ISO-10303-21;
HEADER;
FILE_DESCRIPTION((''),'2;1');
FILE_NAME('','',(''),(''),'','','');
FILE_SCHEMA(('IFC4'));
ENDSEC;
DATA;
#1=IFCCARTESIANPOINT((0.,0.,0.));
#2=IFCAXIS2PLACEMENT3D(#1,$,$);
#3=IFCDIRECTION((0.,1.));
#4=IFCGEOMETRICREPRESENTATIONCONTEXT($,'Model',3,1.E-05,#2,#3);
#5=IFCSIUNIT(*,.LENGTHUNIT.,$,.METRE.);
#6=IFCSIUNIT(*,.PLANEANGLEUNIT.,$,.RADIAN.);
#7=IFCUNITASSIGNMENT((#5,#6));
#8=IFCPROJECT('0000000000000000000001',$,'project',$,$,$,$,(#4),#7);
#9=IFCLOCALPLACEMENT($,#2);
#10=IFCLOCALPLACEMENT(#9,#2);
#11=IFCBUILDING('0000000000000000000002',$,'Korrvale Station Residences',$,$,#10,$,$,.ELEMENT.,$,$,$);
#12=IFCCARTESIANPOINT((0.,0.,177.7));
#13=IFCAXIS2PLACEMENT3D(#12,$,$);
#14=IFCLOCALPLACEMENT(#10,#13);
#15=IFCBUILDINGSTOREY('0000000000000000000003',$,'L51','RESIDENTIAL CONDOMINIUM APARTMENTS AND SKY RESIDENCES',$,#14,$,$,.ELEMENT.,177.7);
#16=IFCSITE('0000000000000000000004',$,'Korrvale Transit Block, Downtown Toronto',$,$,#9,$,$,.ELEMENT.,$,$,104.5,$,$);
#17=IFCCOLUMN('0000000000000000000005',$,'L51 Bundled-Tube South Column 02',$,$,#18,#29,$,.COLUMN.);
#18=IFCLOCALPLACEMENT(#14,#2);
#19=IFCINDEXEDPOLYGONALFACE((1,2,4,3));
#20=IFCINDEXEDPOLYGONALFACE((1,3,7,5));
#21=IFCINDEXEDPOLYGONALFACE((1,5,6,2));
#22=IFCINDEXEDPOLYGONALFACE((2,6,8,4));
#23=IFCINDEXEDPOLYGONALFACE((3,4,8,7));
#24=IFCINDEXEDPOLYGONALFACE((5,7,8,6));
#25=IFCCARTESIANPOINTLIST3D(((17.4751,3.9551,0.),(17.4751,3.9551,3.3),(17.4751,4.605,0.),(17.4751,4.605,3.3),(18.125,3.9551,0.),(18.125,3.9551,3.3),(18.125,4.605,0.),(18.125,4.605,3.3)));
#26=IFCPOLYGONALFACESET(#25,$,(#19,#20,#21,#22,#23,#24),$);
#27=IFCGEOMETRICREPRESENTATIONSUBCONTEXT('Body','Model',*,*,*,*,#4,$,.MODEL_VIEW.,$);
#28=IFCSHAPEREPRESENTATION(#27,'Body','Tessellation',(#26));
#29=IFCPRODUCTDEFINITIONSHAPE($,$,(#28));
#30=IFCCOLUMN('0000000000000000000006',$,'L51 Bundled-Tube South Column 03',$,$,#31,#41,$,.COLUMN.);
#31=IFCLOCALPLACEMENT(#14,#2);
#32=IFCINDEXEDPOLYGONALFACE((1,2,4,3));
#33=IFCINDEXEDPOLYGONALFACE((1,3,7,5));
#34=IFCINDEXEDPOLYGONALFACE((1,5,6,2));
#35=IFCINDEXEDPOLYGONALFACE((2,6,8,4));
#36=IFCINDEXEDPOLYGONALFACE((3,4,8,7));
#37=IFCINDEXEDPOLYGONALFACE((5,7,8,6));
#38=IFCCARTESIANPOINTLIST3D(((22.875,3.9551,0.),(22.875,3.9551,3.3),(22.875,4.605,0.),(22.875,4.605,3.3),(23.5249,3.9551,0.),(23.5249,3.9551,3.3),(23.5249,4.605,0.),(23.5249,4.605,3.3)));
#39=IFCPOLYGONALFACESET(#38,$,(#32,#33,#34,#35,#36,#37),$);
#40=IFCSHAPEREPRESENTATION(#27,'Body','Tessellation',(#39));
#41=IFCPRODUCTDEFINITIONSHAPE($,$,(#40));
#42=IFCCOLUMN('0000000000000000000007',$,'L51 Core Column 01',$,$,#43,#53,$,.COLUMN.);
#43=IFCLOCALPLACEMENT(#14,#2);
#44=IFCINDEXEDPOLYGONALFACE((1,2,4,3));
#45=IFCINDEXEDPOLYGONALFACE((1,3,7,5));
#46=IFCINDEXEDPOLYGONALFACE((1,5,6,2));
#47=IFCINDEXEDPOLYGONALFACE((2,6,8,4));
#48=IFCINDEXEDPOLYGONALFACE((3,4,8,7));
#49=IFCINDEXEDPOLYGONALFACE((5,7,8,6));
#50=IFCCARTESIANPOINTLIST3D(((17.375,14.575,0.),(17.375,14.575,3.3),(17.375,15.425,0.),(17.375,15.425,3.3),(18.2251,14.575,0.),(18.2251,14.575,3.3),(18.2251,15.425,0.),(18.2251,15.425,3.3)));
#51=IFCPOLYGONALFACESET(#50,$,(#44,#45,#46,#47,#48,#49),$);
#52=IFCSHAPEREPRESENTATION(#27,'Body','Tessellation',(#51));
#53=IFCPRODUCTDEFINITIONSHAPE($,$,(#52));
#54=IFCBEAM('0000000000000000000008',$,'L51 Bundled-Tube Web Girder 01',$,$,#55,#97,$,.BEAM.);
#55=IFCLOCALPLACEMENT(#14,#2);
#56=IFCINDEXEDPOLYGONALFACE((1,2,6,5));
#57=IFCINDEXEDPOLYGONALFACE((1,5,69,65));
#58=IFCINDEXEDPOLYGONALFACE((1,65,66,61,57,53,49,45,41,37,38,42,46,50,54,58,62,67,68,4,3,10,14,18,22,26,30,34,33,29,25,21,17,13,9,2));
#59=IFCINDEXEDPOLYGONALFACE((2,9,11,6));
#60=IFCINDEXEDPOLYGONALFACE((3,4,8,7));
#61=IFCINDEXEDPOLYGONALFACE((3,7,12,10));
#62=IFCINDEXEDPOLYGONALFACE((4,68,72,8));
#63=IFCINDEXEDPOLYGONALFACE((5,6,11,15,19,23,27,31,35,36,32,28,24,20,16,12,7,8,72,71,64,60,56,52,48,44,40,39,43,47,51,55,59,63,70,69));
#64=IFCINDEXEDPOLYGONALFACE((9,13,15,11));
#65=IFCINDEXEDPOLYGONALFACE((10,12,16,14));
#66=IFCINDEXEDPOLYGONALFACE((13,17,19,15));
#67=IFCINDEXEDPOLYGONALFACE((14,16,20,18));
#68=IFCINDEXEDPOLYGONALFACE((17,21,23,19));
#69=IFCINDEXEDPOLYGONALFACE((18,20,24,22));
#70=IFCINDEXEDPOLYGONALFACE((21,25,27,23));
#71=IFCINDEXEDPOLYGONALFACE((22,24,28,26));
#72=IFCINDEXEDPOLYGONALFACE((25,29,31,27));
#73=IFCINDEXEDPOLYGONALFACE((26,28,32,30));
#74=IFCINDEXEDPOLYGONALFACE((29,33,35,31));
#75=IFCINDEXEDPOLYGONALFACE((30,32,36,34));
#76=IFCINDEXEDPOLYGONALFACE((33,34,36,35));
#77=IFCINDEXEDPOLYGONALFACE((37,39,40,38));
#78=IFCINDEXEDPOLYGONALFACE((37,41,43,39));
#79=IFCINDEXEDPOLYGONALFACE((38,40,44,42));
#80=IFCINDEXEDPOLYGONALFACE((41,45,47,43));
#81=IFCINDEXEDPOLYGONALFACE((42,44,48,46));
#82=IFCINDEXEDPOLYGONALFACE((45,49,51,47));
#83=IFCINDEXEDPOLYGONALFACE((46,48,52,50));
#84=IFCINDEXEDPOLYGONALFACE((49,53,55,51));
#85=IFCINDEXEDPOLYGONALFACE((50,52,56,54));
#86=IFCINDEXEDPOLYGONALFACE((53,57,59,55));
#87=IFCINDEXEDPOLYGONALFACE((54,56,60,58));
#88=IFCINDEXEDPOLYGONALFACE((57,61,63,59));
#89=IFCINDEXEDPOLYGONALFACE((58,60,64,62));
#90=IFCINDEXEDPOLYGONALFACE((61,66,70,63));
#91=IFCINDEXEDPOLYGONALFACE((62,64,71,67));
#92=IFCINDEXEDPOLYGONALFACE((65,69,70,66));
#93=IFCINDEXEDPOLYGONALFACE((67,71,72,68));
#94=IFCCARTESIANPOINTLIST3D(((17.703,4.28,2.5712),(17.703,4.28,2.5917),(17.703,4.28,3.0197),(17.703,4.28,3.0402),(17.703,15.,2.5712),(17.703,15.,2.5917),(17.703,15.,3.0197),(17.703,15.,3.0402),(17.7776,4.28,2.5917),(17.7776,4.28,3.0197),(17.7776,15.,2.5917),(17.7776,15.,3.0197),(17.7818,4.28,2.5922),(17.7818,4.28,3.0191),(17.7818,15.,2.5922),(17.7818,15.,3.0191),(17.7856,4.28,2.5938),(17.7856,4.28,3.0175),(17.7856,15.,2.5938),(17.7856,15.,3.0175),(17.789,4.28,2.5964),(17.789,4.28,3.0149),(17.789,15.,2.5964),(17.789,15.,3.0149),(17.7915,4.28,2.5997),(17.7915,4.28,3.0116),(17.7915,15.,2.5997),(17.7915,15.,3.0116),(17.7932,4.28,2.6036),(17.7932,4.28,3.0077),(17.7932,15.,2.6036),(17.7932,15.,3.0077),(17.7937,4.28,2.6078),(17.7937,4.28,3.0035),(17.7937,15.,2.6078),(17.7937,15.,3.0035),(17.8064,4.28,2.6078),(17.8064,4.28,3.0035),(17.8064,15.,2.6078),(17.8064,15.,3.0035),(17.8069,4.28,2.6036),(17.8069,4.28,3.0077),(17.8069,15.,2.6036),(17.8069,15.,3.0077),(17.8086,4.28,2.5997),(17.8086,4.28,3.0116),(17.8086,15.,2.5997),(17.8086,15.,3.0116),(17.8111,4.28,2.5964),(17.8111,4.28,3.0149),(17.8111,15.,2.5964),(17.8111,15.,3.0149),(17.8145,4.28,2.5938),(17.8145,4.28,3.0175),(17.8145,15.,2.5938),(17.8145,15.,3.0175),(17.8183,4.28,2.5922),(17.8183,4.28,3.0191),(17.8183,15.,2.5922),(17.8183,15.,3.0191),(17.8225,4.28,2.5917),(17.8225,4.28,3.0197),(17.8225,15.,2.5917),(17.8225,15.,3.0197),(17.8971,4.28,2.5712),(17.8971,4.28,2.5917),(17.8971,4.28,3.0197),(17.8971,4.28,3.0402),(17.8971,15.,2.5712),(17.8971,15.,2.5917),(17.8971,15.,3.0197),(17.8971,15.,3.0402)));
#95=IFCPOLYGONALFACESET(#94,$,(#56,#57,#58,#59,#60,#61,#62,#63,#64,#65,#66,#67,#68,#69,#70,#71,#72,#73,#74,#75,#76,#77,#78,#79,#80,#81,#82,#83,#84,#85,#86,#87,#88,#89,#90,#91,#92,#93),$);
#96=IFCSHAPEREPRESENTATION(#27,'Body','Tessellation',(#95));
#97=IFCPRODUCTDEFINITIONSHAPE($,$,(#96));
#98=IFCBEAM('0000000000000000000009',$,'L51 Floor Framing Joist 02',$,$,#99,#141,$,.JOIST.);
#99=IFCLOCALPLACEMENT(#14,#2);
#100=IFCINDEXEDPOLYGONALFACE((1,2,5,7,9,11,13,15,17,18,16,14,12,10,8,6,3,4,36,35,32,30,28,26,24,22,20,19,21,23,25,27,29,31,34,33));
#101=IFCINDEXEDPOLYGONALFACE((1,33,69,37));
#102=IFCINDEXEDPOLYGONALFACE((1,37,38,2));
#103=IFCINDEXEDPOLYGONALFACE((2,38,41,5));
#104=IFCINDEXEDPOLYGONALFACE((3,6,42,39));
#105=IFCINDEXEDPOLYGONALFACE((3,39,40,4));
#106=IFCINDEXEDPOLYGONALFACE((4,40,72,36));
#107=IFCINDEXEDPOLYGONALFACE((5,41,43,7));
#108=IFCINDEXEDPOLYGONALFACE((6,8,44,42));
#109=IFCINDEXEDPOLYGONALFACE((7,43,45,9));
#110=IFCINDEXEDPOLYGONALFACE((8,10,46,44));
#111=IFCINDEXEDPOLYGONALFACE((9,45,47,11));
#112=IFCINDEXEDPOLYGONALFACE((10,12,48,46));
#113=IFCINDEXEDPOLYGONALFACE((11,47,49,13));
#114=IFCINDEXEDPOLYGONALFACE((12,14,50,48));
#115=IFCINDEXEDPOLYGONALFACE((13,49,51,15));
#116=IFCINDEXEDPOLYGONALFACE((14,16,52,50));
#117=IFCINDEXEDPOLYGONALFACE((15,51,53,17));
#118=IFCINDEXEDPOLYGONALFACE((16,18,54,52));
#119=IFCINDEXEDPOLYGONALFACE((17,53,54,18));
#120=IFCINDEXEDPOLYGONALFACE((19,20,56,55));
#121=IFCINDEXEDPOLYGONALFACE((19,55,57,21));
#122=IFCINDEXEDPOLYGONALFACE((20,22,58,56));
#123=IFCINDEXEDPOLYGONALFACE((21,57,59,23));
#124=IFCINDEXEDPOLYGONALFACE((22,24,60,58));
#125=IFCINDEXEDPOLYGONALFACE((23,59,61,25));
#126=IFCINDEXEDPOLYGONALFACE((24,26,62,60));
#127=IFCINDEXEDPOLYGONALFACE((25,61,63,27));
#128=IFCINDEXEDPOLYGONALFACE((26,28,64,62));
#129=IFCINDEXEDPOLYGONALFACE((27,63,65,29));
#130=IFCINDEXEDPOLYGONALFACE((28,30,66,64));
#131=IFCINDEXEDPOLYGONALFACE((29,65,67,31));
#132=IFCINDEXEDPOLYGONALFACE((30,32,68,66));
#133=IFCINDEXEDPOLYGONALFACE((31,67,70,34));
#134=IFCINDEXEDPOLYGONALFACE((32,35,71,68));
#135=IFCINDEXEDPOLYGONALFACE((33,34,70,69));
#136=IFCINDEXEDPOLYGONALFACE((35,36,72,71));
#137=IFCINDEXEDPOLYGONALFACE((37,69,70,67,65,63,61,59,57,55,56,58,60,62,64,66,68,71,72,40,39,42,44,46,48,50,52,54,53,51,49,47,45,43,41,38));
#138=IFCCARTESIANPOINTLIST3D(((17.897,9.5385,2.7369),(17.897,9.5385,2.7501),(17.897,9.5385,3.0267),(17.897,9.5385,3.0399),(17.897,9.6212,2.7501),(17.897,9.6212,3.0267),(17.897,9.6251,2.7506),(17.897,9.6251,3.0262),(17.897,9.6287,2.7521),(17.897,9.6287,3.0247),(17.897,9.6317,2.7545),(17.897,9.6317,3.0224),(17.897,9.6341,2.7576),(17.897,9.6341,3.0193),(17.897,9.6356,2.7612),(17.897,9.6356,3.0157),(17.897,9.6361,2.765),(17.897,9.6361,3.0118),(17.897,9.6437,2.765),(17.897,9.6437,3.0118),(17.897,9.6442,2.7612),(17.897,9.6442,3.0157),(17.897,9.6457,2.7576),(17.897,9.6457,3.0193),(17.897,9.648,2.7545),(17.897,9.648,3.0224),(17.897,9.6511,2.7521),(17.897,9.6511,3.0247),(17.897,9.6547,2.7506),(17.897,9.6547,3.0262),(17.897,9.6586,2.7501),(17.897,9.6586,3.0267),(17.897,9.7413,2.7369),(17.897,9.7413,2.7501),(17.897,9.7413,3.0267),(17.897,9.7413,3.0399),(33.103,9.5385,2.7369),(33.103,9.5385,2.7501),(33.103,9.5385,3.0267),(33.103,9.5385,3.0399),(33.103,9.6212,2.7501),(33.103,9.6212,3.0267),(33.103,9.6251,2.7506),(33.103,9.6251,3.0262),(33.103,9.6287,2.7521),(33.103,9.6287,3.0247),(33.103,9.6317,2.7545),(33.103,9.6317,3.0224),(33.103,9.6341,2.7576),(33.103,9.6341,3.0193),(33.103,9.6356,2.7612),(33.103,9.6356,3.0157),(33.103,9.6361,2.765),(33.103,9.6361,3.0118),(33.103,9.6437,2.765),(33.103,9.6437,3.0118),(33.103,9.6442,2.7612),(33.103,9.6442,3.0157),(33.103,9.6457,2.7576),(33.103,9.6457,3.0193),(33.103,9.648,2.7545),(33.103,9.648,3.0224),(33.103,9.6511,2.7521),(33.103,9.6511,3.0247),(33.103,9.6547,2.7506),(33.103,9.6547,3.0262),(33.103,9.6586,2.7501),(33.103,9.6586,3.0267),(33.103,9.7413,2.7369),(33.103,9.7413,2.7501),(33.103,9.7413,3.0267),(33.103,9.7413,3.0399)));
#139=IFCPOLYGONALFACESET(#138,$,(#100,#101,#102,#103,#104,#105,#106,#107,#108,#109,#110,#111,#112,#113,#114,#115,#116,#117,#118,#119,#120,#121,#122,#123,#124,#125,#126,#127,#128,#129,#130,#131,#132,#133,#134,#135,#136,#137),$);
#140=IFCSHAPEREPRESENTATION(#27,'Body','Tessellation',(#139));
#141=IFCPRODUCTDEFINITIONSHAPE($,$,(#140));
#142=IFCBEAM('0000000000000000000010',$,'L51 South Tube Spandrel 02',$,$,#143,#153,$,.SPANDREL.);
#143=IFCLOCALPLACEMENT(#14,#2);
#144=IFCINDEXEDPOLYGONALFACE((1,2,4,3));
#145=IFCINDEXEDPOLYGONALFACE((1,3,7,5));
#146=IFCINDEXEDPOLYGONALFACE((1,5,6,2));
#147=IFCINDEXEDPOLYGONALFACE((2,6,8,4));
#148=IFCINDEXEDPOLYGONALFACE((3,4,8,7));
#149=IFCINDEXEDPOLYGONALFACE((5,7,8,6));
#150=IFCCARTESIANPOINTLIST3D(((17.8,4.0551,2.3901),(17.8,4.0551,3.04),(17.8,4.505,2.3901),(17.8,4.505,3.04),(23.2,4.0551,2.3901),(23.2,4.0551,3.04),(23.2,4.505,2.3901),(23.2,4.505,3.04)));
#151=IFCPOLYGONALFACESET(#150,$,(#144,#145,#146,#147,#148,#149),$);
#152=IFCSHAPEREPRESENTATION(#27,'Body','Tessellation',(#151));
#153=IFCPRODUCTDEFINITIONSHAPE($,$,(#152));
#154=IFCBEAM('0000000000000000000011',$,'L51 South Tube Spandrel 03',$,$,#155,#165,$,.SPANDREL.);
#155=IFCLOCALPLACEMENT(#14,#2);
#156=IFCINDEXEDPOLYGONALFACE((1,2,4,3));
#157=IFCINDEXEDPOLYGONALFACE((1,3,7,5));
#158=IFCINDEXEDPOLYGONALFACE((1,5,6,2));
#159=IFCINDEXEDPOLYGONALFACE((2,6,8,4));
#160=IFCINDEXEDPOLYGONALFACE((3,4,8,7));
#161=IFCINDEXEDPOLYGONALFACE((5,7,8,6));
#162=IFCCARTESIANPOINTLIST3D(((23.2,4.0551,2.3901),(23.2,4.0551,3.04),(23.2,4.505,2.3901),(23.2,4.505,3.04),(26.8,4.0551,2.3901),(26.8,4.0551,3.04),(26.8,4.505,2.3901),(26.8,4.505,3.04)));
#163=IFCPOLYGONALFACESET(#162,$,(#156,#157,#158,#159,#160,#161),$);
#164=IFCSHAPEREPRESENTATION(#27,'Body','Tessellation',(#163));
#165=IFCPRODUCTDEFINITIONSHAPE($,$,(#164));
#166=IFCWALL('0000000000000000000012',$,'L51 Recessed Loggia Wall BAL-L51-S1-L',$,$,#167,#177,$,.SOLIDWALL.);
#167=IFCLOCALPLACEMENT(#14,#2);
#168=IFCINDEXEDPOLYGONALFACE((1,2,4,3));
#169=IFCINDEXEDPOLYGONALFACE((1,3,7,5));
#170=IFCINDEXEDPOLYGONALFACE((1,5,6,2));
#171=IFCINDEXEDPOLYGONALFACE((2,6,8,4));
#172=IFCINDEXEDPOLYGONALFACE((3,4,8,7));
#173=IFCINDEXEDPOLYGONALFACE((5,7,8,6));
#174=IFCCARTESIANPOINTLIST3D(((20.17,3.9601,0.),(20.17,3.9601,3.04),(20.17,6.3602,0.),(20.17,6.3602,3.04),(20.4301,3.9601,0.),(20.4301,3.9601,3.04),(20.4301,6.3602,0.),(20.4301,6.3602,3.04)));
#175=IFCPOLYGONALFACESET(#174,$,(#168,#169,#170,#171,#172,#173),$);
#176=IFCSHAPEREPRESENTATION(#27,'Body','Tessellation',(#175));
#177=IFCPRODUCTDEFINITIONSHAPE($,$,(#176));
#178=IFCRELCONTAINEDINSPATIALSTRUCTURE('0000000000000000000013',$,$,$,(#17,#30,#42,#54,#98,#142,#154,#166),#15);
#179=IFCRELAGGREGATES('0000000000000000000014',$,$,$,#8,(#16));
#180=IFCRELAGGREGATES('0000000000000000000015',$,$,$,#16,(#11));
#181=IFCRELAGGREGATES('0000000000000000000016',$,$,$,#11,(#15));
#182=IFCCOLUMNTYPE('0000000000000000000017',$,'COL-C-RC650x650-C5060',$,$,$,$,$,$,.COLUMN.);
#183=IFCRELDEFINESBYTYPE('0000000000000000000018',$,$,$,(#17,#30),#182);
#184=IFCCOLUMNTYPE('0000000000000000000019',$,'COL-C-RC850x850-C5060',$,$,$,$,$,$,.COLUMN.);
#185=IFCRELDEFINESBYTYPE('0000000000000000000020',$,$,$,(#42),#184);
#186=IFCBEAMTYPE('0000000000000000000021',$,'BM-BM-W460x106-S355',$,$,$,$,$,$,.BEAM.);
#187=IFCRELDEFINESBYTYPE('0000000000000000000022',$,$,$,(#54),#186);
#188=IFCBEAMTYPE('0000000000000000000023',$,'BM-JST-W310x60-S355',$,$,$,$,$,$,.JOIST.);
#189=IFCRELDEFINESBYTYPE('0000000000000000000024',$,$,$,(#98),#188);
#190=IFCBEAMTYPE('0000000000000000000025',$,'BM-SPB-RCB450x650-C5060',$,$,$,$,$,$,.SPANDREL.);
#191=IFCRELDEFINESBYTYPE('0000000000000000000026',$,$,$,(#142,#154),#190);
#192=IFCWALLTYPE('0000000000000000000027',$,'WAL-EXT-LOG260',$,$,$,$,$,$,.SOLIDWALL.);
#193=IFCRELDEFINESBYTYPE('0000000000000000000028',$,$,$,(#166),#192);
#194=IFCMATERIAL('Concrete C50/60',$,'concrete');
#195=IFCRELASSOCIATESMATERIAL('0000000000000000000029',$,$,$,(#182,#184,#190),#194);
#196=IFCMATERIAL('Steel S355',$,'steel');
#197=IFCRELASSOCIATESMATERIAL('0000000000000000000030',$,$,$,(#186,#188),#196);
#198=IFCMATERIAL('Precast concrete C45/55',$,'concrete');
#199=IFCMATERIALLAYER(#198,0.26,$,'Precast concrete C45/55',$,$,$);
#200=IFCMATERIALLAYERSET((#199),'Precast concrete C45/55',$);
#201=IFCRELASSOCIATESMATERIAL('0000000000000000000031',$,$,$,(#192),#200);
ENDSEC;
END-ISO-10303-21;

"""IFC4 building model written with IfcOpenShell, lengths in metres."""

from ifc_helpers import new_model, si_unit, direction, frame, frame_2d, origin, origin_2d, place, context, subcontext, project, spatial, rectangle, i_section, extrude, material, layer, layer_set, material_profile, profile_set, type_object, element, save


model = new_model("IFC4")

# Units and contexts
model_context = context("Model", 3, precision=1e-05, world=origin(), true_north=direction((0.0, 1.0)))
body_context = subcontext(model_context, "Body", "Model", "MODEL_VIEW")
ifc_project = project(units=[si_unit("LENGTHUNIT", "METRE"), si_unit("PLANEANGLEUNIT", "RADIAN")], contexts=[model_context])

# Site, building, storey
site_placement = place(None, origin())
site = spatial("IfcSite", under=ifc_project, at=site_placement, Name="Korrvale Transit Block, Downtown Toronto", CompositionType="ELEMENT", RefElevation=104.5)
building_placement = place(site_placement, origin())
building = spatial("IfcBuilding", under=site, at=building_placement, Name="Korrvale Station Residences", CompositionType="ELEMENT")
storey_placement = place(building_placement, frame((0.0, 0.0, 177.7)))
storey = spatial("IfcBuildingStorey", under=building, at=storey_placement, Name="L51", Description="RESIDENTIAL CONDOMINIUM APARTMENTS AND SKY RESIDENCES", CompositionType="ELEMENT", Elevation=177.7)

# Columns
ifc_material_1 = material(Name="Concrete C50/60", Category="concrete")
ifc_material_profile_1 = material_profile(ifc_material_1, rectangle(XDim=0.6499, YDim=0.6499, at=origin_2d()), Name="RC650x650")
ifc_profile_set_1 = profile_set([ifc_material_profile_1], Name="Concrete C50/60")
column_type_1 = type_object("IfcColumnType", Name="COL-C-RC650x650-C5060", PredefinedType="COLUMN", material=ifc_profile_set_1)
for number, where, z_axis, x_axis, name in (
    (1, (17.8, 4.28, 0.0), (0.0, 0.0, 1.0), (1.0, 0.0, 0.0), "L51 Bundled-Tube South Column 02"),
    (2, (23.2, 4.28, 0.0), (0.0, 0.0, 1.0), (1.0, 0.0, 0.0), "L51 Bundled-Tube South Column 03"),
):
    element("IfcColumn", number, at=place(storey_placement, frame(where, z_axis=z_axis, x_axis=x_axis)), inside=storey, type_object=column_type_1, Name=name, PredefinedType="COLUMN", context=body_context, shape_type="SweptSolid", body=[
        extrude(rectangle(XDim=0.6499, YDim=0.6499, at=origin_2d()), origin(), (0.0, 0.0, 1.0), 3.3),
    ])
ifc_material_profile_2 = material_profile(ifc_material_1, rectangle(XDim=0.8501, YDim=0.8501, at=origin_2d()), Name="RC850x850")
ifc_profile_set_2 = profile_set([ifc_material_profile_2], Name="Concrete C50/60")
column_type_2 = type_object("IfcColumnType", Name="COL-C-RC850x850-C5060", PredefinedType="COLUMN", material=ifc_profile_set_2)
column_placement = place(storey_placement, frame((17.8, 15.0, 0.0), z_axis=(0.0, 0.0, 1.0), x_axis=(1.0, 0.0, 0.0)))
element("IfcColumn", 3, at=column_placement, inside=storey, type_object=column_type_2, Name="L51 Core Column 01", PredefinedType="COLUMN", context=body_context, shape_type="SweptSolid", body=[
    extrude(rectangle(XDim=0.8501, YDim=0.8501, at=origin_2d()), origin(), (0.0, 0.0, 1.0), 3.3),
])

# Beams
ifc_material_2 = material(Name="Steel S355", Category="steel")
ifc_material_profile_3 = material_profile(ifc_material_2, i_section(OverallWidth=0.1941, OverallDepth=0.469, WebThickness=0.0127, FlangeThickness=0.0205, FilletRadius=0.0161, at=origin_2d()), Name="W460x106")
ifc_profile_set_3 = profile_set([ifc_material_profile_3], Name="Steel S355")
beam_type_1 = type_object("IfcBeamType", Name="BM-BM-W460x106-S355", PredefinedType="BEAM", material=ifc_profile_set_3)
beam_1_placement = place(storey_placement, frame((17.8, 4.28, 2.8057), z_axis=(0.0, 1.0, 0.0), x_axis=(-1.0, 0.0, 0.0)))
element("IfcBeam", 4, at=beam_1_placement, inside=storey, type_object=beam_type_1, Name="L51 Bundled-Tube Web Girder 01", PredefinedType="BEAM", context=body_context, shape_type="SweptSolid", body=[
    extrude(i_section(OverallWidth=0.1941, OverallDepth=0.469, WebThickness=0.0127, FlangeThickness=0.0205, FilletRadius=0.0161, at=origin_2d()), origin(), (0.0, 0.0, 1.0), 10.72),
])
ifc_material_profile_4 = material_profile(ifc_material_2, i_section(OverallWidth=0.2029, OverallDepth=0.303, WebThickness=0.0076, FlangeThickness=0.0132, FilletRadius=0.0149, at=origin_2d()), Name="W310x60")
ifc_profile_set_4 = profile_set([ifc_material_profile_4], Name="Steel S355")
beam_type_2 = type_object("IfcBeamType", Name="BM-JST-W310x60-S355", PredefinedType="JOIST", material=ifc_profile_set_4)
beam_2_placement = place(storey_placement, frame((17.897, 9.6399, 2.8884), z_axis=(1.0, 0.0, 0.0), x_axis=(0.0, 1.0, 0.0)))
element("IfcBeam", 5, at=beam_2_placement, inside=storey, type_object=beam_type_2, Name="L51 Floor Framing Joist 02", PredefinedType="JOIST", context=body_context, shape_type="SweptSolid", body=[
    extrude(i_section(OverallWidth=0.2029, OverallDepth=0.303, WebThickness=0.0076, FlangeThickness=0.0132, FilletRadius=0.0149, at=origin_2d()), origin(), (0.0, 0.0, 1.0), 15.2061),
])
ifc_material_profile_5 = material_profile(ifc_material_1, rectangle(XDim=0.45, YDim=0.6499, at=origin_2d()), Name="RCB450x650")
ifc_profile_set_5 = profile_set([ifc_material_profile_5], Name="Concrete C50/60")
beam_type_3 = type_object("IfcBeamType", Name="BM-SPB-RCB450x650-C5060", PredefinedType="SPANDREL", material=ifc_profile_set_5)
beam_3_placement = place(storey_placement, frame((17.8, 4.28, 2.7151), z_axis=(1.0, 0.0, 0.0), x_axis=(0.0, 1.0, 0.0)))
element("IfcBeam", 6, at=beam_3_placement, inside=storey, type_object=beam_type_3, Name="L51 South Tube Spandrel 02", PredefinedType="SPANDREL", context=body_context, shape_type="SweptSolid", body=[
    extrude(rectangle(XDim=0.45, YDim=0.6499, at=origin_2d()), origin(), (0.0, 0.0, 1.0), 5.3999),
])
beam_4_placement = place(storey_placement, frame((23.2, 4.28, 2.7151), z_axis=(1.0, 0.0, 0.0), x_axis=(0.0, 1.0, 0.0)))
element("IfcBeam", 7, at=beam_4_placement, inside=storey, type_object=beam_type_3, Name="L51 South Tube Spandrel 03", PredefinedType="SPANDREL", context=body_context, shape_type="SweptSolid", body=[
    extrude(rectangle(XDim=0.45, YDim=0.6499, at=origin_2d()), origin(), (0.0, 0.0, 1.0), 3.6001),
])

# Wall
ifc_material_3 = material(Name="Precast concrete C45/55", Category="concrete")
ifc_layer_1 = layer(ifc_material_3, 0.26, Name="Precast concrete C45/55")
ifc_layer_set_1 = layer_set([ifc_layer_1], Name="Precast concrete C45/55")
wall_type_1 = type_object("IfcWallType", Name="WAL-EXT-LOG260", PredefinedType="SOLIDWALL", material=ifc_layer_set_1)
wall_1_placement = place(storey_placement, frame((20.3, 3.96, 0.0), z_axis=(0.0, 0.0, 1.0), x_axis=(0.0, 1.0, 0.0)))
element("IfcWall", 8, at=wall_1_placement, inside=storey, type_object=wall_type_1, Name="L51 Recessed Loggia Wall BAL-L51-S1-L", PredefinedType="SOLIDWALL", context=body_context, shape_type="SweptSolid", body=[
    extrude(rectangle(XDim=2.4001, YDim=0.26, at=frame_2d((1.2002, 0.0))), origin(), (0.0, 0.0, 1.0), 3.04),
])

save(model, "model.ifc")
